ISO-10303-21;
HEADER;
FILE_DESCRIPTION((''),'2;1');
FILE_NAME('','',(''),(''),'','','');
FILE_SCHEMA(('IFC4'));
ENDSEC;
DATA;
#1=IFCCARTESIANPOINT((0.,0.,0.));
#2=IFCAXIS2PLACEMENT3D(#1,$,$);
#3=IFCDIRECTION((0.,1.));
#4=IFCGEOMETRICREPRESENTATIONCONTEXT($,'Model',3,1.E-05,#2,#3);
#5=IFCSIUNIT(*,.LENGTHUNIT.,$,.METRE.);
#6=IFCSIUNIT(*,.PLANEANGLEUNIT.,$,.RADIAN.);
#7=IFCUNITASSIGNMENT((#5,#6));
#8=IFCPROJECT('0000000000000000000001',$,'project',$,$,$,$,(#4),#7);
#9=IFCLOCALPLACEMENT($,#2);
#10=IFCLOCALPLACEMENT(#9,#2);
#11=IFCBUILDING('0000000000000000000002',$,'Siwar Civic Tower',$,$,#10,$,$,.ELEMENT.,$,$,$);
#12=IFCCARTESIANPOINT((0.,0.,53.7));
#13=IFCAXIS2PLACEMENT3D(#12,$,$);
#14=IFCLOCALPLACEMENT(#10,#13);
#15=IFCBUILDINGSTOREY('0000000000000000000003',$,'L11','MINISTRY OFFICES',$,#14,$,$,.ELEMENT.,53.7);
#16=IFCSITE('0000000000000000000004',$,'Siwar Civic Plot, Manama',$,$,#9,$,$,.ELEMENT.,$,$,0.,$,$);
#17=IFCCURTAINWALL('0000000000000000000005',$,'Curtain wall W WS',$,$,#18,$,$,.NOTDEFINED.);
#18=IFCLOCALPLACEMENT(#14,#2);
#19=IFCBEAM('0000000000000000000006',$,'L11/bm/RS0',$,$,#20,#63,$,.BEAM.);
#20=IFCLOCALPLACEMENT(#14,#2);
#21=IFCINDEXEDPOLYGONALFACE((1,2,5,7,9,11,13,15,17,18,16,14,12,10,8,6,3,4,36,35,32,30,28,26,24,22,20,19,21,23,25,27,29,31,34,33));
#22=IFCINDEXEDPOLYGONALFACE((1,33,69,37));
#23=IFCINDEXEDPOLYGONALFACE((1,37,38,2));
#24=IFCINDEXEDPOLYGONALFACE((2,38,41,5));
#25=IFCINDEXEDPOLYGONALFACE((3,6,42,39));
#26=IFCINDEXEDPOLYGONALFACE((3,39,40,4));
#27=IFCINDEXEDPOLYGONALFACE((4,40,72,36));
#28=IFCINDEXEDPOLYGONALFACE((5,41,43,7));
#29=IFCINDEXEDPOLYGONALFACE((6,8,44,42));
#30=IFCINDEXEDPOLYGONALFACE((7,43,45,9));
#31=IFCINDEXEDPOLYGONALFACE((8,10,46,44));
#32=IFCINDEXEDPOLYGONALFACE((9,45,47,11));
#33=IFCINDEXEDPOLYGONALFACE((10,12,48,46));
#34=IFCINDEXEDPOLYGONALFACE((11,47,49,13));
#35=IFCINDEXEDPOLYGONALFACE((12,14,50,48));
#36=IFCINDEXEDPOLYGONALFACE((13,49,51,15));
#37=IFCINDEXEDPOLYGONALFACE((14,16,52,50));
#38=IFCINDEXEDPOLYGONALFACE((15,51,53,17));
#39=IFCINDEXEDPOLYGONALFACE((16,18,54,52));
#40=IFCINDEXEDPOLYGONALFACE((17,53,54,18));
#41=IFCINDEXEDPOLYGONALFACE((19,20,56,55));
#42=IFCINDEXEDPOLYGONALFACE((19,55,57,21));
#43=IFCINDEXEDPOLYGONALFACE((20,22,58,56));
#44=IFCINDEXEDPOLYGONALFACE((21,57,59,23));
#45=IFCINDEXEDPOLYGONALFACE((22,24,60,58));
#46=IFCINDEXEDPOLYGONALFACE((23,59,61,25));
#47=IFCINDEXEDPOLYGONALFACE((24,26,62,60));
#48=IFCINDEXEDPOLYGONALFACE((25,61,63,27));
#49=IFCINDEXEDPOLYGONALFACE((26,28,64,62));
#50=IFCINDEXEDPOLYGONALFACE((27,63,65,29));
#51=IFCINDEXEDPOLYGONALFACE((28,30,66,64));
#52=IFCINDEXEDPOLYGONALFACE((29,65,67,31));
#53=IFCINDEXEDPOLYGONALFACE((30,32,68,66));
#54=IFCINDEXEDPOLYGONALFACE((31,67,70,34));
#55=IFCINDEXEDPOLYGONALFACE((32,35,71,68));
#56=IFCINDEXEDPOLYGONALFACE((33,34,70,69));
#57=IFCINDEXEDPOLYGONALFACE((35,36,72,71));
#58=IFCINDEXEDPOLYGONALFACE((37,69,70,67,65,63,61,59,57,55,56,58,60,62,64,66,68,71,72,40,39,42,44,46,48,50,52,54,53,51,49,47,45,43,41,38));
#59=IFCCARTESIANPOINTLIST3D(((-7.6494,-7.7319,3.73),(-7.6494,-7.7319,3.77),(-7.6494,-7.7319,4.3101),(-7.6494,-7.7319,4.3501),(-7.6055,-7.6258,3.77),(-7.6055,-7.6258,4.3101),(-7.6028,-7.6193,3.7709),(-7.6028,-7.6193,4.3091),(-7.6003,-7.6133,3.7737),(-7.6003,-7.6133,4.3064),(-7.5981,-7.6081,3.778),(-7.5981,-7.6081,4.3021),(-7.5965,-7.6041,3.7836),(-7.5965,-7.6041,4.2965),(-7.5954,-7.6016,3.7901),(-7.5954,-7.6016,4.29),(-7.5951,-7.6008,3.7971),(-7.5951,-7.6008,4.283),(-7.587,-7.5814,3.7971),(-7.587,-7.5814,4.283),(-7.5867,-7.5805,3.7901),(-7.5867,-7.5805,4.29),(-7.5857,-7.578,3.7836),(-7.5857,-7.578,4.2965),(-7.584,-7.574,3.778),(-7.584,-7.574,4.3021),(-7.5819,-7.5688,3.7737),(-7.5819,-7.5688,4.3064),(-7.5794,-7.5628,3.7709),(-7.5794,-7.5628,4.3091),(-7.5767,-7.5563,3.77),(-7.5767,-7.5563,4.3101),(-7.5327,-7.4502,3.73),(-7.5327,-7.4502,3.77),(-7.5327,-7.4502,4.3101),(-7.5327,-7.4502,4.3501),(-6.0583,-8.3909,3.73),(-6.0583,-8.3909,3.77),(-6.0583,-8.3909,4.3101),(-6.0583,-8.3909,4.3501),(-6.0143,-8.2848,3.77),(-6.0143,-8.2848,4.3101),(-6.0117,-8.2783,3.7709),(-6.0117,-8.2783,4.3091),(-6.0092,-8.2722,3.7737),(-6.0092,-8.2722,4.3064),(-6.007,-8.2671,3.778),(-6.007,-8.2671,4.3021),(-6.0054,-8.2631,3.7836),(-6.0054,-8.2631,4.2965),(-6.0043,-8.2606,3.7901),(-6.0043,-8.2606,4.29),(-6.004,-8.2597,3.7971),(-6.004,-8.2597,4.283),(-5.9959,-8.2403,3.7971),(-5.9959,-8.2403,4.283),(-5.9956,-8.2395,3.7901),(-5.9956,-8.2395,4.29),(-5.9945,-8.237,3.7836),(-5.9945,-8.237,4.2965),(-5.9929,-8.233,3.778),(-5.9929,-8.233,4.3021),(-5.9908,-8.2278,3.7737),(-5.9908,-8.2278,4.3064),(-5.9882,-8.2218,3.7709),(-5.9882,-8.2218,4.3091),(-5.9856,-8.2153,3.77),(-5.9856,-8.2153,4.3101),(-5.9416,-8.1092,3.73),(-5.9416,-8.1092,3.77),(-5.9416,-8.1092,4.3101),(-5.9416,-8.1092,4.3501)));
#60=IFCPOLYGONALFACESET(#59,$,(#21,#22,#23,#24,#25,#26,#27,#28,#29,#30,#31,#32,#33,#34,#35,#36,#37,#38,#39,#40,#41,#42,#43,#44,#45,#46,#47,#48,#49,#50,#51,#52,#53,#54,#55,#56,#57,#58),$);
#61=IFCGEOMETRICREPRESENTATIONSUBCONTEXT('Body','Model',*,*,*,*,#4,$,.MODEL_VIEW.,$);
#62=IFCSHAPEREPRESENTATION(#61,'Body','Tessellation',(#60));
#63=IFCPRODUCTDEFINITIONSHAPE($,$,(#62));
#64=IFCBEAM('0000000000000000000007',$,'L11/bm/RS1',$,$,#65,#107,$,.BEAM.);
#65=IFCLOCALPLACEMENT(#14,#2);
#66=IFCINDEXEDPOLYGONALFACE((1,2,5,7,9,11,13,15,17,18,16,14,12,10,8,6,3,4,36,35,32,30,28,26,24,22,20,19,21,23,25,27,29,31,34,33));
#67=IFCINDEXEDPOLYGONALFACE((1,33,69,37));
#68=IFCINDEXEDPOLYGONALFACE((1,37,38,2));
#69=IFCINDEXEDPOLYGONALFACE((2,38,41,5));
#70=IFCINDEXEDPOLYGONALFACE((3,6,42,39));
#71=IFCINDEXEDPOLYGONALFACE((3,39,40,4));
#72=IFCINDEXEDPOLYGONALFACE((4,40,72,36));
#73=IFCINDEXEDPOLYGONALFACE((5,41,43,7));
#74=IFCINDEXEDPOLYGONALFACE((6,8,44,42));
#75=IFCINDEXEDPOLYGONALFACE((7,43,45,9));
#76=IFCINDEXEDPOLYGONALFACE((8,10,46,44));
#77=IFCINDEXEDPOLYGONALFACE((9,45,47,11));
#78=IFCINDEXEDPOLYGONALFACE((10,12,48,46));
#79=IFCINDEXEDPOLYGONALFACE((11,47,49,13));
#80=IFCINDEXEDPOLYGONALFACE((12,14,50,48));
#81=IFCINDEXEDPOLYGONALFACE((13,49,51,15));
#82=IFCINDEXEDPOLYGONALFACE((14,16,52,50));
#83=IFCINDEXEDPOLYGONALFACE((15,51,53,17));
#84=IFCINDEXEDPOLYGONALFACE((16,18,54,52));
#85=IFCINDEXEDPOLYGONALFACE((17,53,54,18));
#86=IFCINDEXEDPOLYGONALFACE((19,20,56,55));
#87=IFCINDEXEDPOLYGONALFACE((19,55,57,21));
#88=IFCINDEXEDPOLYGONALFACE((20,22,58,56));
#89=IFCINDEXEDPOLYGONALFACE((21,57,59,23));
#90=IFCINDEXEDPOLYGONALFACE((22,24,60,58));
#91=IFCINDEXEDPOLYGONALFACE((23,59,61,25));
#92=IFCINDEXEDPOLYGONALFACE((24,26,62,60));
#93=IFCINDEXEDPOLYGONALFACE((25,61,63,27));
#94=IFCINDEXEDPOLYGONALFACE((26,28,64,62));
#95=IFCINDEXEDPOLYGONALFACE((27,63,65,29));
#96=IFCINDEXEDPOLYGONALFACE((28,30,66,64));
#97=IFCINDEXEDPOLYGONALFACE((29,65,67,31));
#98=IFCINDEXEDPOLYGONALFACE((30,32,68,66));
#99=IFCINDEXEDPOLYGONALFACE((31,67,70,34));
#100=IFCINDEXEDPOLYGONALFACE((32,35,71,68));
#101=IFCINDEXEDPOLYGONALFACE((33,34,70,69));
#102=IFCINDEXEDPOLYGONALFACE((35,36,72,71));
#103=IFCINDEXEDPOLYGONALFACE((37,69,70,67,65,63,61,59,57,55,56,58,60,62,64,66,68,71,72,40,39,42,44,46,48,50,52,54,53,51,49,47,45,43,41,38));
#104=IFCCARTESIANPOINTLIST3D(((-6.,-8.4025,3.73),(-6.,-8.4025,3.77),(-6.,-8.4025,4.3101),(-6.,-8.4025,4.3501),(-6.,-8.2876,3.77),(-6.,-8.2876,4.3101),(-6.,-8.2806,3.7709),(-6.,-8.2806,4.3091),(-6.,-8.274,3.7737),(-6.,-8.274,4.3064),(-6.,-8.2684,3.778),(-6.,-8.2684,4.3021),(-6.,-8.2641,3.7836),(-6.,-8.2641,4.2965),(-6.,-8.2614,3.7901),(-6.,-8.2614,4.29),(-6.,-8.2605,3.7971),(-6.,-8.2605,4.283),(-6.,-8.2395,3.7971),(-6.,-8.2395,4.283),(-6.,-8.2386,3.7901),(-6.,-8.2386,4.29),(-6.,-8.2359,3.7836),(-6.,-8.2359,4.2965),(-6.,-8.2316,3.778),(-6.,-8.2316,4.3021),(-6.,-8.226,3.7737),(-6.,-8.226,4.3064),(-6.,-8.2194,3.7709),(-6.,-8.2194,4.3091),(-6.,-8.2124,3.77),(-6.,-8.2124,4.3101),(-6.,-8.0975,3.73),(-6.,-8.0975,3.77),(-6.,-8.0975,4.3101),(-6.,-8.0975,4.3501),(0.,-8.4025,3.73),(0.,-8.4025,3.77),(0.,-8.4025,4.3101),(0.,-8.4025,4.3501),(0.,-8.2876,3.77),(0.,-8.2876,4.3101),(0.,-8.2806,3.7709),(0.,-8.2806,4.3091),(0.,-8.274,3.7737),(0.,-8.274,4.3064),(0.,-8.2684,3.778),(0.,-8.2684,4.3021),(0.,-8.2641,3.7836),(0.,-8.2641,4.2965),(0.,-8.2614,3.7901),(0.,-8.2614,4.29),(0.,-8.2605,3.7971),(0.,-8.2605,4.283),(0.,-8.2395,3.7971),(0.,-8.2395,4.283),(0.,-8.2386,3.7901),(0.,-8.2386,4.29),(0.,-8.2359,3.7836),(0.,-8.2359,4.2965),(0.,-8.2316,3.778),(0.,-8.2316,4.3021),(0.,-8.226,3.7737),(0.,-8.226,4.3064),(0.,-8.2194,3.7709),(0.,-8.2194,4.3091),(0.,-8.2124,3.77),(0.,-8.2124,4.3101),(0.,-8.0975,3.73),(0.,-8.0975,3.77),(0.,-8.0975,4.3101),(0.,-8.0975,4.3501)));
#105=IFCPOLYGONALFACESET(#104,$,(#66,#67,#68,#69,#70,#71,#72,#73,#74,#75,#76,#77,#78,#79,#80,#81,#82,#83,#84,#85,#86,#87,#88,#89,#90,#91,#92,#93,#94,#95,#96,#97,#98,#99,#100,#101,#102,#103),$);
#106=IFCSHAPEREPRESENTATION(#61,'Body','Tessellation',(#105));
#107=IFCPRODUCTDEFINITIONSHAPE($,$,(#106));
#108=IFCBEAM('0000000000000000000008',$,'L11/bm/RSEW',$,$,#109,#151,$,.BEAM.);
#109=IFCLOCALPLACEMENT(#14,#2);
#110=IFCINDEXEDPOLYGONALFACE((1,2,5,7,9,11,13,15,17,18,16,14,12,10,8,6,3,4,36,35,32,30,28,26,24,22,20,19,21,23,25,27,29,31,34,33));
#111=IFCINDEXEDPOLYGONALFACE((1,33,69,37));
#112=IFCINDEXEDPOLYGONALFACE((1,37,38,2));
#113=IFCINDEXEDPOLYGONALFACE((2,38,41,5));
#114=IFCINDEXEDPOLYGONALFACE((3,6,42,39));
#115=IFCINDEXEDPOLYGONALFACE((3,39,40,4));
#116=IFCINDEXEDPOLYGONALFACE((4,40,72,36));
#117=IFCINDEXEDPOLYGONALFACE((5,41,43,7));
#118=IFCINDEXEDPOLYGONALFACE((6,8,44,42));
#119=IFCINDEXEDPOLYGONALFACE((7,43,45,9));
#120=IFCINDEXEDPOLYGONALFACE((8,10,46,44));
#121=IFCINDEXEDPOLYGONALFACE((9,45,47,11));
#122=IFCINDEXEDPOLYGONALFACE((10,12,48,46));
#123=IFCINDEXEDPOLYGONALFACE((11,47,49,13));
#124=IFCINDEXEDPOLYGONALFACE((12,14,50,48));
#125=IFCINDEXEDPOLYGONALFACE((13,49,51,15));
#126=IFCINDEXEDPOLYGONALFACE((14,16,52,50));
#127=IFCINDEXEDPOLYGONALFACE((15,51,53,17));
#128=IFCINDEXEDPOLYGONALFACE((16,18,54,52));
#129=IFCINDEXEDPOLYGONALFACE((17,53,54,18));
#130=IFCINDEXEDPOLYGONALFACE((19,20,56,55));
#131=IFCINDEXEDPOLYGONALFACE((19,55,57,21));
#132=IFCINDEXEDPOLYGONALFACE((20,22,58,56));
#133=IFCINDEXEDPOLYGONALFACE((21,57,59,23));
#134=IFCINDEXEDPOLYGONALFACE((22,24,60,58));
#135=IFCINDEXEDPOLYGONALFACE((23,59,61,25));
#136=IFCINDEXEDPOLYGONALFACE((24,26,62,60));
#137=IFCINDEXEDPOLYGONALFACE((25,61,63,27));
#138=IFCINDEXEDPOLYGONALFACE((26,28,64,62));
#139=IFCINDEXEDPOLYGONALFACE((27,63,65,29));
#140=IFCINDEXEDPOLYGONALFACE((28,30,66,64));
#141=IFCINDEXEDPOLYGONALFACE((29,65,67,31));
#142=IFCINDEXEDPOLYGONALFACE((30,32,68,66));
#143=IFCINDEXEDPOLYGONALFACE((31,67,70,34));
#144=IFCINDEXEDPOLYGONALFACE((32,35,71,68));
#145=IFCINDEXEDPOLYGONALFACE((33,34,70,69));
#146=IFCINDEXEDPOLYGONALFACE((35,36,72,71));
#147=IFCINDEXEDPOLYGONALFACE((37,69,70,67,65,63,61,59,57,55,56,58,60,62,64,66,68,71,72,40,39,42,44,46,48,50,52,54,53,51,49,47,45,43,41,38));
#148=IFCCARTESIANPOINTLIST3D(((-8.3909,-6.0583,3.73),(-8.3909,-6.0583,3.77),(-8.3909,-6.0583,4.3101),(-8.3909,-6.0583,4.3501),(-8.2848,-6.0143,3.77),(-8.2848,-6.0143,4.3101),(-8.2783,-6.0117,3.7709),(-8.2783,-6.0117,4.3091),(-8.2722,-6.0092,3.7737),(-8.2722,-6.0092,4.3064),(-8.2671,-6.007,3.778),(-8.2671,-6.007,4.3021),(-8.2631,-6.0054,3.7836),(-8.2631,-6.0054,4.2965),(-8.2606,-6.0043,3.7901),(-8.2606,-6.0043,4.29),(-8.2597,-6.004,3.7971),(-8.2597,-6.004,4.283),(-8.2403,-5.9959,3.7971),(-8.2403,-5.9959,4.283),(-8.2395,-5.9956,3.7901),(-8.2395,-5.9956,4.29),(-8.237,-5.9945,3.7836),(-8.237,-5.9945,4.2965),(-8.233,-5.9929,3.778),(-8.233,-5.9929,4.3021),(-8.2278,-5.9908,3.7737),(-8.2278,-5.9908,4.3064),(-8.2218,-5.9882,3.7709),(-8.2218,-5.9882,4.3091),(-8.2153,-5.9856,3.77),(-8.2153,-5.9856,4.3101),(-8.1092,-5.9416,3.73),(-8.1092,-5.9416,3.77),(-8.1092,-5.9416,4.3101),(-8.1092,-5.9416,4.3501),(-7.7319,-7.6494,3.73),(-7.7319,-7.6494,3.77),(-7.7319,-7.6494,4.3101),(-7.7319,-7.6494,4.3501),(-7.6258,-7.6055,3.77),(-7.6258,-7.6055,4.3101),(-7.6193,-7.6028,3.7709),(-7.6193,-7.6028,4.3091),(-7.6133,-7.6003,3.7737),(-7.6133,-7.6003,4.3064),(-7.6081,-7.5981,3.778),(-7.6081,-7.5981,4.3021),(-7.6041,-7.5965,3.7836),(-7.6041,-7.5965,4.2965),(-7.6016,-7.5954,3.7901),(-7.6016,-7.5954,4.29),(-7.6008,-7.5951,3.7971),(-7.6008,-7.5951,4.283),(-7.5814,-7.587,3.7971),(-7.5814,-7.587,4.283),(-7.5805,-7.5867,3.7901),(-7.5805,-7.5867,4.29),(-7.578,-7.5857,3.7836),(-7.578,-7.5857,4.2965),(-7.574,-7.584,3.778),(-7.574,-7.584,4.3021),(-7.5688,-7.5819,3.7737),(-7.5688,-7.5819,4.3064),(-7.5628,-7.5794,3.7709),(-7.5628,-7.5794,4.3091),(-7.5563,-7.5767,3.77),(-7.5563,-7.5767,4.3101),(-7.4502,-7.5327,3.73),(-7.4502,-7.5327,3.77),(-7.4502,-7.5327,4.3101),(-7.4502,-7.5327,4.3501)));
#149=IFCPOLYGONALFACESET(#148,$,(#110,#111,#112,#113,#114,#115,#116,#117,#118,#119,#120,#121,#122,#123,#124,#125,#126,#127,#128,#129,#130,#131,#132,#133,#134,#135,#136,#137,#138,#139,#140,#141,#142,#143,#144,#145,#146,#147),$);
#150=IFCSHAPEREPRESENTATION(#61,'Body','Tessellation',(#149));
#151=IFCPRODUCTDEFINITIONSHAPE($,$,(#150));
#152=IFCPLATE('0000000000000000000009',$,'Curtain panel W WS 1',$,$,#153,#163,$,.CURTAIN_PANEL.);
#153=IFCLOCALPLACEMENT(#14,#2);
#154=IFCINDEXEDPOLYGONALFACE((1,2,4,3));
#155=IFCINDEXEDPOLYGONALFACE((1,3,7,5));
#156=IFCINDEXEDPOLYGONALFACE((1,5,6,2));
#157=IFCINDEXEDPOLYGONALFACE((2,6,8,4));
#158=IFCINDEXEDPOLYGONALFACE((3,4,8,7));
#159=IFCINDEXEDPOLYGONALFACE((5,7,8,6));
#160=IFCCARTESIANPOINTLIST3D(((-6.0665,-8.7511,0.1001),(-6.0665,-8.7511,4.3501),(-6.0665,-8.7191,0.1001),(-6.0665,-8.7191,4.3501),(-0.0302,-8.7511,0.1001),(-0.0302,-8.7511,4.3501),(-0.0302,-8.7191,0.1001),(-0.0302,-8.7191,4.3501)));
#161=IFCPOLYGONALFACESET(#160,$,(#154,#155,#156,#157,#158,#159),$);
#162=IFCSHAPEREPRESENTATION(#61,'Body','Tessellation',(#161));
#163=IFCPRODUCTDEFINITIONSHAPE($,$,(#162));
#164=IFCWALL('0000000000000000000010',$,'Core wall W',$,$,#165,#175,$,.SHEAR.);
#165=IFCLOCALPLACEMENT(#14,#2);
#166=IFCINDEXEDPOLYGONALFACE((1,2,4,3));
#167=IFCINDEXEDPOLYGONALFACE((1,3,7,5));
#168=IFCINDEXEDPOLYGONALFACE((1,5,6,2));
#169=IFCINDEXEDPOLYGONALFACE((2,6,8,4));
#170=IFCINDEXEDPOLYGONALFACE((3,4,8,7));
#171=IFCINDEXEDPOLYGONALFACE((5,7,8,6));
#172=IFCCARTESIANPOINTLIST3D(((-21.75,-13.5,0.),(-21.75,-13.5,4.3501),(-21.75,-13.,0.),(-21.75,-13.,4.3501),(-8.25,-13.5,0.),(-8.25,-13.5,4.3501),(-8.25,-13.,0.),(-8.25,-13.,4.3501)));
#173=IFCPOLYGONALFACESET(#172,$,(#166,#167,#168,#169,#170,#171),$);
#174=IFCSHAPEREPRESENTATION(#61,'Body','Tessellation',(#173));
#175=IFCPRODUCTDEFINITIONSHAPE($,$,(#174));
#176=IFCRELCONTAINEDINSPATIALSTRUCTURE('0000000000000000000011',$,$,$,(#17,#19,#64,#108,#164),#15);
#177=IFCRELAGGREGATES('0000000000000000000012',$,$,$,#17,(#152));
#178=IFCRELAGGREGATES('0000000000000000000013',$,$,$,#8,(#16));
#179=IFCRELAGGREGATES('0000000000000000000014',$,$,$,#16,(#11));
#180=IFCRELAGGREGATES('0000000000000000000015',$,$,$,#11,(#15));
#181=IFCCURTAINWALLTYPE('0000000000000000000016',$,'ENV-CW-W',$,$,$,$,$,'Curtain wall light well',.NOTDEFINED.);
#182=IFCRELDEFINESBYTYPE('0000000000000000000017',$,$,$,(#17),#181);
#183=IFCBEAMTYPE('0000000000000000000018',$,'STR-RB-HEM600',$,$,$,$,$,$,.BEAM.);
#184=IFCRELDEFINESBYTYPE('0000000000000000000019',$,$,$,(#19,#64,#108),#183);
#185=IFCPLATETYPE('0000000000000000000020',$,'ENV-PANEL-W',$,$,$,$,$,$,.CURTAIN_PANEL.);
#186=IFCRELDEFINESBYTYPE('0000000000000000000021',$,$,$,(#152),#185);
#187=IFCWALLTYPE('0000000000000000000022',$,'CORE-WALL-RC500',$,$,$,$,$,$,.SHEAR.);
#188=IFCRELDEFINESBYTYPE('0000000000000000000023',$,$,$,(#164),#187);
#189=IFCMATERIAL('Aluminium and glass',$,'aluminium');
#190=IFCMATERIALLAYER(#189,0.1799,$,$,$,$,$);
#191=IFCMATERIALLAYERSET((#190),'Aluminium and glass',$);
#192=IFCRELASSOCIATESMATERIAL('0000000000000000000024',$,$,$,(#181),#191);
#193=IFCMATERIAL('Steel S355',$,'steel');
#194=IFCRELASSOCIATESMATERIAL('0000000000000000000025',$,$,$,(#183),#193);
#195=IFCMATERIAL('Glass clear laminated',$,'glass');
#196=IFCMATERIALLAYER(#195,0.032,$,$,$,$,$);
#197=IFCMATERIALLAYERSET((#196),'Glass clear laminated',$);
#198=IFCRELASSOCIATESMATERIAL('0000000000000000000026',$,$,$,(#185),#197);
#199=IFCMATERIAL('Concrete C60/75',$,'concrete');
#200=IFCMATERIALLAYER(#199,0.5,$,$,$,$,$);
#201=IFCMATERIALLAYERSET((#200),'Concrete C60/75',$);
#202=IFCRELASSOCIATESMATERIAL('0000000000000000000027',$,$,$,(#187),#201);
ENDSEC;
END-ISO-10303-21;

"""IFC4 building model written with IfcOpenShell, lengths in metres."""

from ifc_helpers import new_model, si_unit, direction, frame, frame_2d, origin, origin_2d, place, context, subcontext, project, spatial, rectangle, i_section, extrude, material, layer, layer_set, material_profile, profile_set, type_object, element, aggregate, save


model = new_model("IFC4")

# Units and contexts
model_context = context("Model", 3, precision=1e-05, world=origin(), true_north=direction((0.0, 1.0)))
body_context = subcontext(model_context, "Body", "Model", "MODEL_VIEW")
ifc_project = project(units=[si_unit("LENGTHUNIT", "METRE"), si_unit("PLANEANGLEUNIT", "RADIAN")], contexts=[model_context])

# Site, building, storey
site_placement = place(None, origin())
site = spatial("IfcSite", under=ifc_project, at=site_placement, Name="Siwar Civic Plot, Manama", CompositionType="ELEMENT", RefElevation=0.0)
building_placement = place(site_placement, origin())
building = spatial("IfcBuilding", under=site, at=building_placement, Name="Siwar Civic Tower", CompositionType="ELEMENT")
storey_placement = place(building_placement, frame((0.0, 0.0, 53.7)))
storey = spatial("IfcBuildingStorey", under=building, at=storey_placement, Name="L11", Description="MINISTRY OFFICES", CompositionType="ELEMENT", Elevation=53.7)

# Curtain wall
ifc_material_1 = material(Name="Aluminium and glass", Category="aluminium")
ifc_layer_1 = layer(ifc_material_1, 0.1799)
ifc_layer_set_1 = layer_set([ifc_layer_1], Name="Aluminium and glass")
curtain_wall_type = type_object("IfcCurtainWallType", Name="ENV-CW-W", ElementType="Curtain wall light well", PredefinedType="NOTDEFINED", material=ifc_layer_set_1)
curtain_wall_placement = place(storey_placement, origin())
curtain_wall = element("IfcCurtainWall", 1, at=curtain_wall_placement, inside=storey, type_object=curtain_wall_type, Name="Curtain wall W WS", PredefinedType="NOTDEFINED")

# Beams
ifc_material_2 = material(Name="Steel S355", Category="steel")
ifc_material_profile_1 = material_profile(ifc_material_2, i_section(OverallWidth=0.3049, OverallDepth=0.6201, WebThickness=0.021, FlangeThickness=0.04, FilletRadius=0.0271, at=origin_2d()), Name="HEM600")
ifc_profile_set_1 = profile_set([ifc_material_profile_1], Name="Steel S355")
beam_type_1 = type_object("IfcBeamType", Name="STR-RB-HEM600", PredefinedType="BEAM", material=ifc_profile_set_1)
beam_1_placement = place(storey_placement, frame((-7.5911, -7.5911, 4.04), z_axis=(0.923901, -0.382631, 0.0), x_axis=(0.382631, 0.923901, 0.0)))
element("IfcBeam", 2, at=beam_1_placement, inside=storey, type_object=beam_type_1, Name="L11/bm/RS0", PredefinedType="BEAM", context=body_context, shape_type="SweptSolid", body=[
    extrude(i_section(OverallWidth=0.3049, OverallDepth=0.6201, WebThickness=0.021, FlangeThickness=0.04, FilletRadius=0.0271, at=origin_2d()), origin(), (0.0, 0.0, 1.0), 1.7222),
])
beam_2_placement = place(storey_placement, frame((-6.0, -8.25, 4.04), z_axis=(1.0, 0.0, 0.0), x_axis=(0.0, 1.0, 0.0)))
element("IfcBeam", 3, at=beam_2_placement, inside=storey, type_object=beam_type_1, Name="L11/bm/RS1", PredefinedType="BEAM", context=body_context, shape_type="SweptSolid", body=[
    extrude(i_section(OverallWidth=0.3049, OverallDepth=0.6201, WebThickness=0.021, FlangeThickness=0.04, FilletRadius=0.0271, at=origin_2d()), origin(), (0.0, 0.0, 1.0), 6.0),
])
beam_3_placement = place(storey_placement, frame((-7.5911, -7.5911, 4.04), z_axis=(-0.382631, 0.923901, 0.0), x_axis=(-0.923901, -0.382631, 0.0)))
element("IfcBeam", 4, at=beam_3_placement, inside=storey, type_object=beam_type_1, Name="L11/bm/RSEW", PredefinedType="BEAM", context=body_context, shape_type="SweptSolid", body=[
    extrude(i_section(OverallWidth=0.3049, OverallDepth=0.6201, WebThickness=0.021, FlangeThickness=0.04, FilletRadius=0.0271, at=origin_2d()), origin(), (0.0, 0.0, 1.0), 1.7222),
])

# Plate
ifc_material_3 = material(Name="Glass clear laminated", Category="glass")
ifc_layer_2 = layer(ifc_material_3, 0.032)
ifc_layer_set_2 = layer_set([ifc_layer_2], Name="Glass clear laminated")
plate_type = type_object("IfcPlateType", Name="ENV-PANEL-W", PredefinedType="CURTAIN_PANEL", material=ifc_layer_set_2)
plate_placement = place(storey_placement, frame((-3.0483, -8.7351, 0.1001), z_axis=(0.0, 0.0, 1.0), x_axis=(1.0, 0.0, 0.0)))
plate = element("IfcPlate", 5, at=plate_placement, type_object=plate_type, Name="Curtain panel W WS 1", PredefinedType="CURTAIN_PANEL", context=body_context, shape_type="SweptSolid", body=[
    extrude(rectangle(XDim=6.0364, YDim=0.032, at=origin_2d()), origin(), (0.0, 0.0, 1.0), 4.25),
])
aggregate(curtain_wall, [plate])

# Wall
ifc_material_4 = material(Name="Concrete C60/75", Category="concrete")
ifc_layer_3 = layer(ifc_material_4, 0.5)
ifc_layer_set_3 = layer_set([ifc_layer_3], Name="Concrete C60/75")
wall_type_1 = type_object("IfcWallType", Name="CORE-WALL-RC500", PredefinedType="SHEAR", material=ifc_layer_set_3)
wall_1_placement = place(storey_placement, frame((-8.25, -13.25, 0.0), z_axis=(0.0, 0.0, 1.0), x_axis=(-1.0, 0.0, 0.0)))
element("IfcWall", 6, at=wall_1_placement, inside=storey, type_object=wall_type_1, Name="Core wall W", PredefinedType="SHEAR", context=body_context, shape_type="SweptSolid", body=[
    extrude(rectangle(XDim=13.5, YDim=0.5, at=frame_2d((6.75, 0.0))), origin(), (0.0, 0.0, 1.0), 4.3501),
])

save(model, "model.ifc")
